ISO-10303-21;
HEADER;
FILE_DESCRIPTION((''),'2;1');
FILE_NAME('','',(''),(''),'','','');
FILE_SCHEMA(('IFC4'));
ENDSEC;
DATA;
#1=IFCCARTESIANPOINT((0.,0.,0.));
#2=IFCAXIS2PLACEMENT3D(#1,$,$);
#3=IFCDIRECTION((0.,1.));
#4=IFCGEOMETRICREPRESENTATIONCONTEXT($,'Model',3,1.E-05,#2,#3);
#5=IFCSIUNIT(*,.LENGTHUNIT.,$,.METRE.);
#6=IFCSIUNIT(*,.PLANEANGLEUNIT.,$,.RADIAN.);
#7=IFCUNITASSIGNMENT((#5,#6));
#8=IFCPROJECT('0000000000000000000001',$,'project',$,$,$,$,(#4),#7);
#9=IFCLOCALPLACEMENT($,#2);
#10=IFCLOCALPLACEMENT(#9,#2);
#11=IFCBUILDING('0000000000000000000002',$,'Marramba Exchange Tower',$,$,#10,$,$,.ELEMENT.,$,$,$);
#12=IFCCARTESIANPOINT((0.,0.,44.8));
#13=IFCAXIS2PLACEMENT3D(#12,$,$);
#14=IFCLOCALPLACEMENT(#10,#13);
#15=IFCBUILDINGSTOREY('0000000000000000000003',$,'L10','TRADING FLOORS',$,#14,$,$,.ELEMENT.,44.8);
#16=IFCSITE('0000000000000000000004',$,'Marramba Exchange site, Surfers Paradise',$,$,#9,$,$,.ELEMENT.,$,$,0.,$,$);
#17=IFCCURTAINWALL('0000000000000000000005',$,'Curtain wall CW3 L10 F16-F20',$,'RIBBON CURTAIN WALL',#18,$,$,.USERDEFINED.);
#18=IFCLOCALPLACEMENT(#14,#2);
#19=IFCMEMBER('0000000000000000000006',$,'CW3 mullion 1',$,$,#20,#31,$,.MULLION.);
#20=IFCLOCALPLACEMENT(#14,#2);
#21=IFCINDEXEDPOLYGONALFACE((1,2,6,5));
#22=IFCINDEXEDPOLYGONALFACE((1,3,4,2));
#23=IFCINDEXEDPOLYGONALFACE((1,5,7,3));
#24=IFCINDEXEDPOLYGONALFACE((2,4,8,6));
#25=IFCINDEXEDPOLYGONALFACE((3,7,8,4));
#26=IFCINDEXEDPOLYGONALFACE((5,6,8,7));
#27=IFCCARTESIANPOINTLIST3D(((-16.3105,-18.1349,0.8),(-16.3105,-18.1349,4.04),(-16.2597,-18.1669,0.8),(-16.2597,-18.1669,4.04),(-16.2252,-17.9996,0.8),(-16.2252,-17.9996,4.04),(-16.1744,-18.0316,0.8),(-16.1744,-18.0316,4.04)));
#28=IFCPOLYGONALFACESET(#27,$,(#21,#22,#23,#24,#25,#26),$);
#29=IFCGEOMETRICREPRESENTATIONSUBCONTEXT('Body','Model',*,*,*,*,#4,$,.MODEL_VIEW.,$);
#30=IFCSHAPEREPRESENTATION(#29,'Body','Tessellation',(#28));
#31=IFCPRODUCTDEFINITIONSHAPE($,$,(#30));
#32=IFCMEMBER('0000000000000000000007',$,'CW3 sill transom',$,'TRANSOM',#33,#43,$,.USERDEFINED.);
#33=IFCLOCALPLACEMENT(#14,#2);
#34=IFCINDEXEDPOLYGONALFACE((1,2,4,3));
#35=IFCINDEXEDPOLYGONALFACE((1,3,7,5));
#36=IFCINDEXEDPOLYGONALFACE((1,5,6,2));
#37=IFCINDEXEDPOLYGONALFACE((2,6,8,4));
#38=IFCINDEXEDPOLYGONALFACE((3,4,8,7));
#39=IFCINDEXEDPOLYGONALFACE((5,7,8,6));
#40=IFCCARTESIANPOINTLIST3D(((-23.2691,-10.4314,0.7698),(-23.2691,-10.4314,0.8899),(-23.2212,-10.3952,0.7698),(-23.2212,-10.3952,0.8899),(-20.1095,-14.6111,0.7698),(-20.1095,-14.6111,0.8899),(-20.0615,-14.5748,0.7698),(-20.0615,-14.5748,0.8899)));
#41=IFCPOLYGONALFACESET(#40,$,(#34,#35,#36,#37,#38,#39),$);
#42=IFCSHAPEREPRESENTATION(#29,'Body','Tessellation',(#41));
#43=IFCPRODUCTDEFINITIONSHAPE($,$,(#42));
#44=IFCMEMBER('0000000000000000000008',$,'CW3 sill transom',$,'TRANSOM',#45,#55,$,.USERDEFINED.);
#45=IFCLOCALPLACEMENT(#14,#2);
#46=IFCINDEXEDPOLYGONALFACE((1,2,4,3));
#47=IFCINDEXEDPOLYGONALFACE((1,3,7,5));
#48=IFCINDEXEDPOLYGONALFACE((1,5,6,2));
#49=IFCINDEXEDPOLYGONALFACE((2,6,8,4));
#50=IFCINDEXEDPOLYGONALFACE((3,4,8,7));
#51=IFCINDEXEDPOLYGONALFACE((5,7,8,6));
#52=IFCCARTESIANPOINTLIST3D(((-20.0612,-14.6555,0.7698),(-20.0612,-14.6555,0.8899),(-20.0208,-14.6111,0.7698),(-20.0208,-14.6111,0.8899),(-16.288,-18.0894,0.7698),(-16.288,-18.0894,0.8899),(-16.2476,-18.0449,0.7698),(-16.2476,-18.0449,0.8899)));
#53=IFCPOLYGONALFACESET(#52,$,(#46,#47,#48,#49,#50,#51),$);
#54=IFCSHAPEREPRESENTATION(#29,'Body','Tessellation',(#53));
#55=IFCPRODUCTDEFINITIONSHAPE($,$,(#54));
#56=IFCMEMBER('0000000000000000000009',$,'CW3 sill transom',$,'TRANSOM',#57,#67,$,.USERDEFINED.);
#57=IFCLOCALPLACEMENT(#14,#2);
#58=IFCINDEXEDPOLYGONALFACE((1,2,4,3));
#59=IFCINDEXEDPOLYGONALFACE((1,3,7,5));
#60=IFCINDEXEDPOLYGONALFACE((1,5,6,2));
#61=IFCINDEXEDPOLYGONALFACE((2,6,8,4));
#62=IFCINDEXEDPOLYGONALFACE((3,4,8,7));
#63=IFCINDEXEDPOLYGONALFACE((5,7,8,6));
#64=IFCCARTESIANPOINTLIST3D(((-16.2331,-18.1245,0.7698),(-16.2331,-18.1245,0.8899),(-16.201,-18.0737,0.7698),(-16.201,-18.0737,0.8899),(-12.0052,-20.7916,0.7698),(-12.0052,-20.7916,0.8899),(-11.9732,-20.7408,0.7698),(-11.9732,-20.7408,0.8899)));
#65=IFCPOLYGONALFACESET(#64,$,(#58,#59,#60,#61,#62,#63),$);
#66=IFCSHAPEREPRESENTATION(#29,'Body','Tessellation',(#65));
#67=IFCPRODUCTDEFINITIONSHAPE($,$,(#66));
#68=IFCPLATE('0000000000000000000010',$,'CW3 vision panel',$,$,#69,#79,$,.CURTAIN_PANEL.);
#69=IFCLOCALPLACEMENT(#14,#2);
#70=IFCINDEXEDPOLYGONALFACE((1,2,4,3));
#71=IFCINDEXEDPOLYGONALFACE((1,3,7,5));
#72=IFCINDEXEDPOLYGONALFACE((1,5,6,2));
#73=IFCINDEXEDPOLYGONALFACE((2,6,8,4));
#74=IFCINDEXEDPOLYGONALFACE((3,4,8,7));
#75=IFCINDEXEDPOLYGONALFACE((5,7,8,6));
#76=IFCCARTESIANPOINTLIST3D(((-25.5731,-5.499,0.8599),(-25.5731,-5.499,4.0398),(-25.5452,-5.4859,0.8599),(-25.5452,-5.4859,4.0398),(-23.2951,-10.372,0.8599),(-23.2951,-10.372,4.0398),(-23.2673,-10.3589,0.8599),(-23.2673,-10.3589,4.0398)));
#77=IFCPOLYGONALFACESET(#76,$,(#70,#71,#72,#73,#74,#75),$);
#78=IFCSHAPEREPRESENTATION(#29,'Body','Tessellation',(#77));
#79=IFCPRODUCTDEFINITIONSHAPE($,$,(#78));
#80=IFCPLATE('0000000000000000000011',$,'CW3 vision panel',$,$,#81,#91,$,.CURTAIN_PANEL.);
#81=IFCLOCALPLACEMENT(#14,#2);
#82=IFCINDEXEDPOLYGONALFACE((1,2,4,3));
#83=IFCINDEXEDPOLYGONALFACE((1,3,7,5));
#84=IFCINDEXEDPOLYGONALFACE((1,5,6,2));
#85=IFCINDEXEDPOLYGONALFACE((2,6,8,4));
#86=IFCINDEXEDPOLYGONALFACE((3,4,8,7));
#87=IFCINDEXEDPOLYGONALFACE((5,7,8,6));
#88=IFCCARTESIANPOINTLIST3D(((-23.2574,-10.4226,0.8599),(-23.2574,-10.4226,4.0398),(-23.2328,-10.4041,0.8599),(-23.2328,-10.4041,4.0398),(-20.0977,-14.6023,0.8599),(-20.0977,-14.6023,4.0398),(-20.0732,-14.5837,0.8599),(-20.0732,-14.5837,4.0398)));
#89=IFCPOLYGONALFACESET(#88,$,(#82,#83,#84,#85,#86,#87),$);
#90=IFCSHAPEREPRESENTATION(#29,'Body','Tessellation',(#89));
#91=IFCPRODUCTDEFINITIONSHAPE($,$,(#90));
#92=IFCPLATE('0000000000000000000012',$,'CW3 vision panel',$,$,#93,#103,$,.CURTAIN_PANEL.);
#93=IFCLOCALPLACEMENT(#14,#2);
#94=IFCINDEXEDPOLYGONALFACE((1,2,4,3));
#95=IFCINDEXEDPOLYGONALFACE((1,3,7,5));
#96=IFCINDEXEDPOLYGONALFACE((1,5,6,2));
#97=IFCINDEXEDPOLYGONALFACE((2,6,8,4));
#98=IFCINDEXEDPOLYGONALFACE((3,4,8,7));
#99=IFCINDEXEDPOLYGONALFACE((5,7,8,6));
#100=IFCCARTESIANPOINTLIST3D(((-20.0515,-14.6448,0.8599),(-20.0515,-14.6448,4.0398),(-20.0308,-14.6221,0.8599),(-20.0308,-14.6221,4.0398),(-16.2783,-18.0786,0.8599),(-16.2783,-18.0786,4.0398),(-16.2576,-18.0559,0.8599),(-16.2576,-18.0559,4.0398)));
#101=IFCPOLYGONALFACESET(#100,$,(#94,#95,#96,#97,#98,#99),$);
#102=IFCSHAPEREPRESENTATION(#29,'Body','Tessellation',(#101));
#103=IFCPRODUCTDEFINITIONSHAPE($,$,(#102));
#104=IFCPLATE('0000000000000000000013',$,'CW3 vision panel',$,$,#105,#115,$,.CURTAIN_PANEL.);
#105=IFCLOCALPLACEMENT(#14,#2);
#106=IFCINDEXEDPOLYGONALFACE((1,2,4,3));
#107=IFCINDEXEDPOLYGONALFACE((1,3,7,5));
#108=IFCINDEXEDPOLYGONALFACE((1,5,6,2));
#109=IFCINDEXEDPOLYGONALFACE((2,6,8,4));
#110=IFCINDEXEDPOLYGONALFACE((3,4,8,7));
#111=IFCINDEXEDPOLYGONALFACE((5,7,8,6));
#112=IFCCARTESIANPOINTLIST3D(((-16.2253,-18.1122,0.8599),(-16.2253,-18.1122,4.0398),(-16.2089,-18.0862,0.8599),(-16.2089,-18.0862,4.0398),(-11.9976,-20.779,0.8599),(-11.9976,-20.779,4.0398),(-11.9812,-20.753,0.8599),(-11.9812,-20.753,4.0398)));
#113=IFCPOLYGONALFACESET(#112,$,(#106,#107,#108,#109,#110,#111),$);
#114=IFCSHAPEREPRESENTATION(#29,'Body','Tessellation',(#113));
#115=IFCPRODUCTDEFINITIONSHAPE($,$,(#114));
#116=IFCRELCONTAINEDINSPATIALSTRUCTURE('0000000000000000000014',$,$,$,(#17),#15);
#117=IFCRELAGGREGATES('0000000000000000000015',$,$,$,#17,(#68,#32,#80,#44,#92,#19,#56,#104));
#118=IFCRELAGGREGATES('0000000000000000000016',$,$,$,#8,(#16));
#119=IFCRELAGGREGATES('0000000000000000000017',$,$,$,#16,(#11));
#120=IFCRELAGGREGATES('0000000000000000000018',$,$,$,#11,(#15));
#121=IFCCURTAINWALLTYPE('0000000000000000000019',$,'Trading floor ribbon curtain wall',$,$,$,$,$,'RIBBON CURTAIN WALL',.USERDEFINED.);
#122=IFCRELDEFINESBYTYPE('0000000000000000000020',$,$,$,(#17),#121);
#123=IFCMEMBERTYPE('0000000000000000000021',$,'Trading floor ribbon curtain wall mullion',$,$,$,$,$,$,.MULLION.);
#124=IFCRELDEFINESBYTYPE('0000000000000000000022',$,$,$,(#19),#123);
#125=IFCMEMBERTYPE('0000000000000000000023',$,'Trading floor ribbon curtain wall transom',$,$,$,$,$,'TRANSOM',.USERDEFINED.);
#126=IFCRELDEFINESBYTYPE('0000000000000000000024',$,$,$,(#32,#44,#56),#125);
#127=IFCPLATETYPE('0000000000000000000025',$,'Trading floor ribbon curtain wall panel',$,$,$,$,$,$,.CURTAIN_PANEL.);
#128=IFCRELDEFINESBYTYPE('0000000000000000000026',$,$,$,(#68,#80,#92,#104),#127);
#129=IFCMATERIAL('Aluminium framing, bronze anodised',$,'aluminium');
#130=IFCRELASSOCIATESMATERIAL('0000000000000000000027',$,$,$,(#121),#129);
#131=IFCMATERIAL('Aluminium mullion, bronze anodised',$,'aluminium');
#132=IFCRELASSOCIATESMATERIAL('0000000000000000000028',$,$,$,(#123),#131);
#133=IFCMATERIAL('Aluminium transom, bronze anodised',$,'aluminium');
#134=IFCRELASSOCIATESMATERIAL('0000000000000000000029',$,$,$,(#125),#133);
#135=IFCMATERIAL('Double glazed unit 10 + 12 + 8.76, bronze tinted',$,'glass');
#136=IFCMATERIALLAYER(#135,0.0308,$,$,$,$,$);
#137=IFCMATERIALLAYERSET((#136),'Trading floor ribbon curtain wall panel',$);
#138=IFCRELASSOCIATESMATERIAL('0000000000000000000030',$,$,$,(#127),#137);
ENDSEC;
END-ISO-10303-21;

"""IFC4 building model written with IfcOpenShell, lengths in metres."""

from ifc_helpers import new_model, si_unit, direction, frame, origin, origin_2d, place, context, subcontext, project, spatial, rectangle, extrude, material, layer, layer_set, material_profile, profile_set, type_object, element, aggregate, save


model = new_model("IFC4")

# Units and contexts
model_context = context("Model", 3, precision=1e-05, world=origin(), true_north=direction((0.0, 1.0)))
body_context = subcontext(model_context, "Body", "Model", "MODEL_VIEW")
ifc_project = project(units=[si_unit("LENGTHUNIT", "METRE"), si_unit("PLANEANGLEUNIT", "RADIAN")], contexts=[model_context])

# Site, building, storey
site_placement = place(None, origin())
site = spatial("IfcSite", under=ifc_project, at=site_placement, Name="Marramba Exchange site, Surfers Paradise", CompositionType="ELEMENT", RefElevation=0.0)
building_placement = place(site_placement, origin())
building = spatial("IfcBuilding", under=site, at=building_placement, Name="Marramba Exchange Tower", CompositionType="ELEMENT")
storey_placement = place(building_placement, frame((0.0, 0.0, 44.8)))
storey = spatial("IfcBuildingStorey", under=building, at=storey_placement, Name="L10", Description="TRADING FLOORS", CompositionType="ELEMENT", Elevation=44.8)

# Curtain wall, members, plates
ifc_material_1 = material(Name="Aluminium framing, bronze anodised", Category="aluminium")
curtain_wall_type = type_object("IfcCurtainWallType", Name="Trading floor ribbon curtain wall", ElementType="RIBBON CURTAIN WALL", PredefinedType="USERDEFINED", material=ifc_material_1)
curtain_wall_placement = place(storey_placement, origin())
curtain_wall = element("IfcCurtainWall", 1, at=curtain_wall_placement, inside=storey, type_object=curtain_wall_type, Name="Curtain wall CW3 L10 F16-F20", ObjectType="RIBBON CURTAIN WALL", PredefinedType="USERDEFINED")
ifc_material_2 = material(Name="Aluminium mullion, bronze anodised", Category="aluminium")
ifc_material_profile_1 = material_profile(ifc_material_2, rectangle(XDim=0.1599, YDim=0.0601, at=origin_2d()), Name="CW3 mullion 60x160")
ifc_profile_set_1 = profile_set([ifc_material_profile_1], Name="Aluminium mullion, bronze anodised")
member_type_1 = type_object("IfcMemberType", Name="Trading floor ribbon curtain wall mullion", PredefinedType="MULLION", material=ifc_profile_set_1)
member_1_placement = place(storey_placement, frame((-16.2424, -18.0833, 0.8), z_axis=(0.0, 0.0, 1.0), x_axis=(0.533515, 0.845791, 0.0)))
member_1 = element("IfcMember", 2, at=member_1_placement, type_object=member_type_1, Name="CW3 mullion 1", PredefinedType="MULLION", context=body_context, shape_type="SweptSolid", body=[
    extrude(rectangle(XDim=0.1599, YDim=0.0601, at=origin_2d()), origin(), (0.0, 0.0, 1.0), 3.24),
])
ifc_material_3 = material(Name="Aluminium transom, bronze anodised", Category="aluminium")
ifc_material_profile_2 = material_profile(ifc_material_3, rectangle(XDim=0.0601, YDim=0.1201, at=origin_2d()), Name="CW3 transom 60x120")
ifc_profile_set_2 = profile_set([ifc_material_profile_2], Name="Aluminium transom, bronze anodised")
member_type_2 = type_object("IfcMemberType", Name="Trading floor ribbon curtain wall transom", ElementType="TRANSOM", PredefinedType="USERDEFINED", material=ifc_profile_set_2)
member_2_placement = place(storey_placement, frame((-23.2451, -10.4133, 0.8298), z_axis=(0.603037, -0.797713, 0.0), x_axis=(0.797713, 0.603037, 0.0)))
member_2 = element("IfcMember", 3, at=member_2_placement, type_object=member_type_2, Name="CW3 sill transom", ObjectType="TRANSOM", PredefinedType="USERDEFINED", context=body_context, shape_type="SweptSolid", body=[
    extrude(rectangle(XDim=0.0601, YDim=0.1201, at=origin_2d()), origin(), (0.0, 0.0, 1.0), 5.2395),
])
member_3_placement = place(storey_placement, frame((-20.041, -14.6333, 0.8298), z_axis=(0.739583, -0.673066, 0.0), x_axis=(0.673066, 0.739583, 0.0)))
member_3 = element("IfcMember", 4, at=member_3_placement, type_object=member_type_2, Name="CW3 sill transom", ObjectType="TRANSOM", PredefinedType="USERDEFINED", context=body_context, shape_type="SweptSolid", body=[
    extrude(rectangle(XDim=0.0601, YDim=0.1201, at=origin_2d()), origin(), (0.0, 0.0, 1.0), 5.1018),
])
member_4_placement = place(storey_placement, frame((-16.217, -18.0991, 0.8298), z_axis=(0.845777, -0.533537, 0.0), x_axis=(0.533537, 0.845777, 0.0)))
member_4 = element("IfcMember", 5, at=member_4_placement, type_object=member_type_2, Name="CW3 sill transom", ObjectType="TRANSOM", PredefinedType="USERDEFINED", context=body_context, shape_type="SweptSolid", body=[
    extrude(rectangle(XDim=0.0601, YDim=0.1201, at=origin_2d()), origin(), (0.0, 0.0, 1.0), 4.9988),
])
ifc_material_4 = material(Name="Double glazed unit 10 + 12 + 8.76, bronze tinted", Category="glass")
ifc_layer_1 = layer(ifc_material_4, 0.0308)
ifc_layer_set_1 = layer_set([ifc_layer_1], Name="Trading floor ribbon curtain wall panel")
plate_type = type_object("IfcPlateType", Name="Trading floor ribbon curtain wall panel", PredefinedType="CURTAIN_PANEL", material=ifc_layer_set_1)
plate_1_placement = place(storey_placement, frame((-24.4202, -7.929, 0.8599), z_axis=(0.0, 0.0, 1.0), x_axis=(0.423477, -0.905907, 0.0)))
plate_1 = element("IfcPlate", 6, at=plate_1_placement, type_object=plate_type, Name="CW3 vision panel", PredefinedType="CURTAIN_PANEL", context=body_context, shape_type="SweptSolid", body=[
    extrude(rectangle(XDim=5.3792, YDim=0.0308, at=origin_2d()), origin(), (0.0, 0.0, 1.0), 3.1799),
])
plate_2_placement = place(storey_placement, frame((-21.6653, -12.5032, 0.8599), z_axis=(0.0, 0.0, 1.0), x_axis=(0.60304, -0.797711, 0.0)))
plate_2 = element("IfcPlate", 7, at=plate_2_placement, type_object=plate_type, Name="CW3 vision panel", PredefinedType="CURTAIN_PANEL", context=body_context, shape_type="SweptSolid", body=[
    extrude(rectangle(XDim=5.2395, YDim=0.0308, at=origin_2d()), origin(), (0.0, 0.0, 1.0), 3.1799),
])
plate_3_placement = place(storey_placement, frame((-18.1545, -16.3503, 0.8599), z_axis=(0.0, 0.0, 1.0), x_axis=(0.73959, -0.673058, 0.0)))
plate_3 = element("IfcPlate", 8, at=plate_3_placement, type_object=plate_type, Name="CW3 vision panel", PredefinedType="CURTAIN_PANEL", context=body_context, shape_type="SweptSolid", body=[
    extrude(rectangle(XDim=5.1018, YDim=0.0308, at=origin_2d()), origin(), (0.0, 0.0, 1.0), 3.1799),
])
plate_4_placement = place(storey_placement, frame((-14.1033, -19.4326, 0.8599), z_axis=(0.0, 0.0, 1.0), x_axis=(0.845791, -0.533515, 0.0)))
plate_4 = element("IfcPlate", 9, at=plate_4_placement, type_object=plate_type, Name="CW3 vision panel", PredefinedType="CURTAIN_PANEL", context=body_context, shape_type="SweptSolid", body=[
    extrude(rectangle(XDim=4.9985, YDim=0.0308, at=origin_2d()), origin(), (0.0, 0.0, 1.0), 3.1799),
])
aggregate(curtain_wall, [plate_1, member_2, plate_2, member_3, plate_3, member_1, member_4, plate_4])

save(model, "model.ifc")
